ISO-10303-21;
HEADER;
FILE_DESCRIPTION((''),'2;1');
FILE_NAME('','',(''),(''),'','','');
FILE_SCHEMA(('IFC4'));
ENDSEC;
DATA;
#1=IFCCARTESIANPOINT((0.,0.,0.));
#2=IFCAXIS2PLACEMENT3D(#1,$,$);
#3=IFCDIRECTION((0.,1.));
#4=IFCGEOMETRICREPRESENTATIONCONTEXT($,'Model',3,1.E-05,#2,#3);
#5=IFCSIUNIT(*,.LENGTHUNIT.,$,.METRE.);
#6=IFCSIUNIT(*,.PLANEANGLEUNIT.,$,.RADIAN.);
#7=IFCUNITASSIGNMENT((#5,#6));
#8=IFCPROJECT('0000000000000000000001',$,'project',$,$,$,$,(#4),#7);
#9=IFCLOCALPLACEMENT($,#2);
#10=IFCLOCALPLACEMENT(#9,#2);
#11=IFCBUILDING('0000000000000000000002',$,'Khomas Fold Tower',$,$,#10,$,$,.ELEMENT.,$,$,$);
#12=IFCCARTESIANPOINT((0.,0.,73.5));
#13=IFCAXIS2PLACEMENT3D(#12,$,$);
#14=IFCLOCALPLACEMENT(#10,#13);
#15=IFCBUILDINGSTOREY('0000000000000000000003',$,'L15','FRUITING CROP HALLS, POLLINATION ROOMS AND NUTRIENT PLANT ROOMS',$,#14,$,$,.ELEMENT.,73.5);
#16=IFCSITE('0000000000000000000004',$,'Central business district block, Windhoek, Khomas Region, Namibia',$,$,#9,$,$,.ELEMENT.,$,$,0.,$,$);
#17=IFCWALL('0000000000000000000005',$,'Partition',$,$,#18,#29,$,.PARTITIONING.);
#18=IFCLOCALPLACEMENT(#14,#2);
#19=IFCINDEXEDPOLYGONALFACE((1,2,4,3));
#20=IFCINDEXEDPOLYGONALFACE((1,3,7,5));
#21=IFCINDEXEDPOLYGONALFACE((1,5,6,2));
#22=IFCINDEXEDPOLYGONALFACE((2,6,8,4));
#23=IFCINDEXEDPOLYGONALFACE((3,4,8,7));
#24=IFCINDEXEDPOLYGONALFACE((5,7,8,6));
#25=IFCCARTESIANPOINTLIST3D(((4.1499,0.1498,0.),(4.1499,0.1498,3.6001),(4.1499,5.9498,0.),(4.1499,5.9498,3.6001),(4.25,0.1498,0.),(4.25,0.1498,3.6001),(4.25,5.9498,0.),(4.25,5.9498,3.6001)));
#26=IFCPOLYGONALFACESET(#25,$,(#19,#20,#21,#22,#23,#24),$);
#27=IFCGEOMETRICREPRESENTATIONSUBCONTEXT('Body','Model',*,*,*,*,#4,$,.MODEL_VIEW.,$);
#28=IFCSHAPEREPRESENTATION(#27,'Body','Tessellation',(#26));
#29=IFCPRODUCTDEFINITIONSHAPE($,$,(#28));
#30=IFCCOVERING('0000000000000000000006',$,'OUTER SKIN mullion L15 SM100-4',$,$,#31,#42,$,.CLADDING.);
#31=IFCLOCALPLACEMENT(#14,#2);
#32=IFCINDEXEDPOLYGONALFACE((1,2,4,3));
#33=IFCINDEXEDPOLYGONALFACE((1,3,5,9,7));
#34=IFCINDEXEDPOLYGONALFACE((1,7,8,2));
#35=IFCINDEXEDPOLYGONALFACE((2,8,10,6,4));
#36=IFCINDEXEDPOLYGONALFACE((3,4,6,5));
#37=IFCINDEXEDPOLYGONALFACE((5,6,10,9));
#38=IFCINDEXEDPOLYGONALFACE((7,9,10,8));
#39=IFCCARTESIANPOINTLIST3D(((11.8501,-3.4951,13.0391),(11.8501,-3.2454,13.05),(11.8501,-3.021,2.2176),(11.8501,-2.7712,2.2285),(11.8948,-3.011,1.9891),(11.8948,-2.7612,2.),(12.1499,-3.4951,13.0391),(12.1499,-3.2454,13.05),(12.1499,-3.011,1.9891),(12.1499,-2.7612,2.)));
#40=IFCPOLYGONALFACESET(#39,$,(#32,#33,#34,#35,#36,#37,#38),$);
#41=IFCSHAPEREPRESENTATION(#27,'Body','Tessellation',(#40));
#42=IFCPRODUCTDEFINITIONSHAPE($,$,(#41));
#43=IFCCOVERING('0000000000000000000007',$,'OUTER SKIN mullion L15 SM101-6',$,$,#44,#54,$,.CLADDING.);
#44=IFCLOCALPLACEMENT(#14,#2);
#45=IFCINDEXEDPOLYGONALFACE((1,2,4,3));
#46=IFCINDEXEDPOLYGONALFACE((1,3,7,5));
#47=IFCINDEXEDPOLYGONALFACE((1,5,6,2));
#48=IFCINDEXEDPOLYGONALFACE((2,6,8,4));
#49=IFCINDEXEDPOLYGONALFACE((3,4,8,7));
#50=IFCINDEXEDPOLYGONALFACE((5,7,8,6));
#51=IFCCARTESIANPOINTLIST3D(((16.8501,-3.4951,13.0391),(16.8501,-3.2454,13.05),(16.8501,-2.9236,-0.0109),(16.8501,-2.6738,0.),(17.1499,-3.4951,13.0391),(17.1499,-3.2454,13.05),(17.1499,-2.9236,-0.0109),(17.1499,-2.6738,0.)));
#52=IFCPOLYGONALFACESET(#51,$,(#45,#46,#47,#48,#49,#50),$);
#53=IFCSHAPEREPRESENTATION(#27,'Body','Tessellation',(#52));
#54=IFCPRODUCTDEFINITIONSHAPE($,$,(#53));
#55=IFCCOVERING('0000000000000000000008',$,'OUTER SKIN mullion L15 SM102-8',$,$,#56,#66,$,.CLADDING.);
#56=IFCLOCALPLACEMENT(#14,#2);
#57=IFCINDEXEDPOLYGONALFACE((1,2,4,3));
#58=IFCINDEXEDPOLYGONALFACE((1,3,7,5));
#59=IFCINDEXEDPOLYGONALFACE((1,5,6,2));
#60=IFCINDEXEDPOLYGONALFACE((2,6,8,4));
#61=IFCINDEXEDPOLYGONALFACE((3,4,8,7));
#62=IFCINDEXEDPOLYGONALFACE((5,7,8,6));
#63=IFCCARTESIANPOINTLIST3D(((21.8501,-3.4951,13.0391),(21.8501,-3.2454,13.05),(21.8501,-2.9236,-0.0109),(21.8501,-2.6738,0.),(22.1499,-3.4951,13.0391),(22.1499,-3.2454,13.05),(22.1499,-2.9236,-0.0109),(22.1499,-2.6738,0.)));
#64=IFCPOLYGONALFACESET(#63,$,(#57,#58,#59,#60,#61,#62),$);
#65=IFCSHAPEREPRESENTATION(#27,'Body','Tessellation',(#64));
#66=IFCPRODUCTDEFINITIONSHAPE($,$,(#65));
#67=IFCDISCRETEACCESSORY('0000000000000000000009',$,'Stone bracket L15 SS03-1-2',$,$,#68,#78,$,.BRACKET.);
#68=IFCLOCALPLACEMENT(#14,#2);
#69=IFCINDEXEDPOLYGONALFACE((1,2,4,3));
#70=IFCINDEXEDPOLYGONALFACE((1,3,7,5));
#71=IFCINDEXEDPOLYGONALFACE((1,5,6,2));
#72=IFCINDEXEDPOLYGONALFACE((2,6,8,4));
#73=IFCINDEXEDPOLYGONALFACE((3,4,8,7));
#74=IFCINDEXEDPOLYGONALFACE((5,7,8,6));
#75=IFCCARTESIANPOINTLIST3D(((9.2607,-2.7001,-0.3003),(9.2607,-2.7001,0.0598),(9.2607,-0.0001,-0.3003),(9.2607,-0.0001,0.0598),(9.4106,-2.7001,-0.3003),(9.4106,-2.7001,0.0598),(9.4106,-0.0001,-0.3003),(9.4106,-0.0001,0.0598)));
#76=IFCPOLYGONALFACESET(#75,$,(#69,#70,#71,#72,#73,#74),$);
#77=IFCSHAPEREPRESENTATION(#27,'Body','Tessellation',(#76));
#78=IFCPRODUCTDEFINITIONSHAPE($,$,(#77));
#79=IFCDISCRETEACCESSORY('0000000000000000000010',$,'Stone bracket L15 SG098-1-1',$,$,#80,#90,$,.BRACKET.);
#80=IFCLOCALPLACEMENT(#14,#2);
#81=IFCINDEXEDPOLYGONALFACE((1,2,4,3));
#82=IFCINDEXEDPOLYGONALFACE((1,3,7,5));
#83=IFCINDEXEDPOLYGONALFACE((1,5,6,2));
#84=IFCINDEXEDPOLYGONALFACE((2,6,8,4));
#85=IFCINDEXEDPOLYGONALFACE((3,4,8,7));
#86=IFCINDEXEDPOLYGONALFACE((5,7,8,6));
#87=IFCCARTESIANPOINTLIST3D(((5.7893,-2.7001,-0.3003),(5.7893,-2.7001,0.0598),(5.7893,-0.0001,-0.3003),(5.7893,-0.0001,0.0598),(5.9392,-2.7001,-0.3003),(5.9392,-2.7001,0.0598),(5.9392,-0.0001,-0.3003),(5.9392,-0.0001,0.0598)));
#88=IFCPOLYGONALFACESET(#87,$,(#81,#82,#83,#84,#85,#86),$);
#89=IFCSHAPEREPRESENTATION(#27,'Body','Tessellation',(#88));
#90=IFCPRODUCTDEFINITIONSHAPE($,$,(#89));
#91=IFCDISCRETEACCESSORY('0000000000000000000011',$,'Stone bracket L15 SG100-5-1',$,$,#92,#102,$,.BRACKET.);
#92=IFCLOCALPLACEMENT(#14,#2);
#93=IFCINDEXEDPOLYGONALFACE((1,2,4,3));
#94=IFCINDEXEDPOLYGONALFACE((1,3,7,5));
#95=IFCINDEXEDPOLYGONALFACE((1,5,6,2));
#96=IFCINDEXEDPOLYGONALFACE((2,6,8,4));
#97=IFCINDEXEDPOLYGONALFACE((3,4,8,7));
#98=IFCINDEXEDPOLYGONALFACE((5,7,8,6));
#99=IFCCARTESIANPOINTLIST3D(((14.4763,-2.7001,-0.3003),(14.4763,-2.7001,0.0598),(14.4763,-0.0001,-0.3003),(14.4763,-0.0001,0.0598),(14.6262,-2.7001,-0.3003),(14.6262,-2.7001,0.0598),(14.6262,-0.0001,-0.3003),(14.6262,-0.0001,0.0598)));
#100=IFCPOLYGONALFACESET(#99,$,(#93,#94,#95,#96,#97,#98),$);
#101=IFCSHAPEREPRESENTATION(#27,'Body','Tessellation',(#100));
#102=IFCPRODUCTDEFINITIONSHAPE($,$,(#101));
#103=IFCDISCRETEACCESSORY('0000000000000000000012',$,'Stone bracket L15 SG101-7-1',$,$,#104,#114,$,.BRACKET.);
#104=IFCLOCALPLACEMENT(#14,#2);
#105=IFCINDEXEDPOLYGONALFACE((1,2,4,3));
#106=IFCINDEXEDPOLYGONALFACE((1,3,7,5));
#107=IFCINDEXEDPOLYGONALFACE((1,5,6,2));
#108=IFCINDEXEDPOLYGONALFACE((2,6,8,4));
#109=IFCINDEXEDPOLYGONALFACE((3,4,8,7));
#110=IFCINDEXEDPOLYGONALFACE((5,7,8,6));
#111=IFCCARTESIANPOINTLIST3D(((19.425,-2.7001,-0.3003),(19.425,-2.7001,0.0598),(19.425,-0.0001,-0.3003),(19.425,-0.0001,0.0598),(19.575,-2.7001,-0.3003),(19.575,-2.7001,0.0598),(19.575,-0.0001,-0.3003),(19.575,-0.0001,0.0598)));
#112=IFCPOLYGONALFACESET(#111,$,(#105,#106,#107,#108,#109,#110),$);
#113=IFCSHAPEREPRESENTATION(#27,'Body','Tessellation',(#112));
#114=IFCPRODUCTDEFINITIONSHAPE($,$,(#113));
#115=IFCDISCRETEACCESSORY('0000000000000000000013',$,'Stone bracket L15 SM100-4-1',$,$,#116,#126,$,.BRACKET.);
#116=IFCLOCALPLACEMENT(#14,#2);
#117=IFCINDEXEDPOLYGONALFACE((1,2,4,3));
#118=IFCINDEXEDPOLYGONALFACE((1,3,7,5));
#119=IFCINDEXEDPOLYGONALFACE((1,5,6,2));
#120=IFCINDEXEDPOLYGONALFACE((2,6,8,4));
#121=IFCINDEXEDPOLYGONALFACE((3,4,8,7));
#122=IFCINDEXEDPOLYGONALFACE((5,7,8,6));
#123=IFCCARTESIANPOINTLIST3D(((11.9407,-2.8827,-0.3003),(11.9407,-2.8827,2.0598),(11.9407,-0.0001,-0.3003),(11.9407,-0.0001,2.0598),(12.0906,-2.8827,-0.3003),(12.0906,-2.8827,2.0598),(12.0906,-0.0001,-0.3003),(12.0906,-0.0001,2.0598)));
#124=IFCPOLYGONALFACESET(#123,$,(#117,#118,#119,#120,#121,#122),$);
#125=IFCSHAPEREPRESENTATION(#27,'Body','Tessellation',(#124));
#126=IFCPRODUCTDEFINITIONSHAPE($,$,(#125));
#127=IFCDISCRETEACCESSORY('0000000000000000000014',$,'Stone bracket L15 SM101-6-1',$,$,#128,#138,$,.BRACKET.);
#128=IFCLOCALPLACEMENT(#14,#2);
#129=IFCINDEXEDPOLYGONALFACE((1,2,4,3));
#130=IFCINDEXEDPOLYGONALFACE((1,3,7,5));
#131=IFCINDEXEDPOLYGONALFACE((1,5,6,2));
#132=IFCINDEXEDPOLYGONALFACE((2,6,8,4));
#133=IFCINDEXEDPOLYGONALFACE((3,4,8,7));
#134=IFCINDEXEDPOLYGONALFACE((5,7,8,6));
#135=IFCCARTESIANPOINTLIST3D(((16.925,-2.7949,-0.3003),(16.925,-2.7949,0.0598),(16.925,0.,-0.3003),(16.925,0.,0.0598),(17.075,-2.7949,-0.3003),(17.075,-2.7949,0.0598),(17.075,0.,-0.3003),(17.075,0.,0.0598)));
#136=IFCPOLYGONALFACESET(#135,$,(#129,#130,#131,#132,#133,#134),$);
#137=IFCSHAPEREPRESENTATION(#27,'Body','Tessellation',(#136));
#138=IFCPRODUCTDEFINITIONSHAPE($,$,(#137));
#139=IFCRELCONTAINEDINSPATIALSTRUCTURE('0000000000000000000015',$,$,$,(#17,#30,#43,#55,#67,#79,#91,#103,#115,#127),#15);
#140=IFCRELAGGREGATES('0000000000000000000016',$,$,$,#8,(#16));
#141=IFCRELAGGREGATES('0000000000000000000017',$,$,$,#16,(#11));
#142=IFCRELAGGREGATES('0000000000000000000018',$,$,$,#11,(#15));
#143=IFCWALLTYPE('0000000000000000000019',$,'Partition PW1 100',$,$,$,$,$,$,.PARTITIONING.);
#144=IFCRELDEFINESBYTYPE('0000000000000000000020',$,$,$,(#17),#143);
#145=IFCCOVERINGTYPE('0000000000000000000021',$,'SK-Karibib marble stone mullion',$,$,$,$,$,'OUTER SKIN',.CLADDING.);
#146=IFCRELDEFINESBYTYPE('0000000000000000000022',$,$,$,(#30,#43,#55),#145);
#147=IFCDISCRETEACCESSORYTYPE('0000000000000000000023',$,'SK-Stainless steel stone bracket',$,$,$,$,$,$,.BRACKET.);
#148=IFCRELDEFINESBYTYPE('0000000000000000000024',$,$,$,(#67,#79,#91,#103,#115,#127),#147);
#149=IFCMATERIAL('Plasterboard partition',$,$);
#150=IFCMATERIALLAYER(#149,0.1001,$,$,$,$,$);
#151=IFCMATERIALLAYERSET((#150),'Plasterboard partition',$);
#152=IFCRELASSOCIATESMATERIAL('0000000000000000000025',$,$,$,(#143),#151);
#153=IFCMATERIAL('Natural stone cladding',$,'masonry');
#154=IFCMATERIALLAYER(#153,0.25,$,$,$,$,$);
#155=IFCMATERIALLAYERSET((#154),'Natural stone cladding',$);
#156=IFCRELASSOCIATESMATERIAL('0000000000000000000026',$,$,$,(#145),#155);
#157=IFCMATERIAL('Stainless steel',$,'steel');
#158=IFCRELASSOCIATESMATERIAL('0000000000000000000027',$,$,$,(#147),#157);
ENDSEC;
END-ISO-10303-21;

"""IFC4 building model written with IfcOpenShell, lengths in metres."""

from ifc_helpers import new_model, si_unit, direction, frame, frame_2d, origin, origin_2d, place, context, subcontext, project, spatial, polyline, rectangle, outline, extrude, source, transform, mapped, material, layer, layer_set, type_object, element, save


model = new_model("IFC4")

# Units and contexts
model_context = context("Model", 3, precision=1e-05, world=origin(), true_north=direction((0.0, 1.0)))
body_context = subcontext(model_context, "Body", "Model", "MODEL_VIEW")
ifc_project = project(units=[si_unit("LENGTHUNIT", "METRE"), si_unit("PLANEANGLEUNIT", "RADIAN")], contexts=[model_context])

# Site, building, storey
site_placement = place(None, origin())
site = spatial("IfcSite", under=ifc_project, at=site_placement, Name="Central business district block, Windhoek, Khomas Region, Namibia", CompositionType="ELEMENT", RefElevation=0.0)
building_placement = place(site_placement, origin())
building = spatial("IfcBuilding", under=site, at=building_placement, Name="Khomas Fold Tower", CompositionType="ELEMENT")
storey_placement = place(building_placement, frame((0.0, 0.0, 73.5)))
storey = spatial("IfcBuildingStorey", under=building, at=storey_placement, Name="L15", Description="FRUITING CROP HALLS, POLLINATION ROOMS AND NUTRIENT PLANT ROOMS", CompositionType="ELEMENT", Elevation=73.5)

# Wall
ifc_material_1 = material(Name="Plasterboard partition")
ifc_layer_1 = layer(ifc_material_1, 0.1001)
ifc_layer_set_1 = layer_set([ifc_layer_1], Name="Plasterboard partition")
wall_type = type_object("IfcWallType", Name="Partition PW1 100", PredefinedType="PARTITIONING", material=ifc_layer_set_1)
shared_shape_1 = source(origin(), body_context, "Body", "SweptSolid", [
    extrude(rectangle(XDim=5.8, YDim=0.1001, at=frame_2d((2.8999, 0.0))), origin(), (0.0, 0.0, 1.0), 3.6001),
])
wall_placement = place(storey_placement, frame((4.2, 0.1499, 0.0), z_axis=(0.0, 0.0, 1.0), x_axis=(0.0, 1.0, 0.0)))
element("IfcWall", 1, at=wall_placement, inside=storey, type_object=wall_type, Name="Partition", PredefinedType="PARTITIONING", context=body_context, shape_type="MappedRepresentation", body=[
    mapped(shared_shape_1, transform((0.0, 0.0, 0.0))),
])

# Coverings
ifc_material_2 = material(Name="Natural stone cladding", Category="masonry")
ifc_layer_2 = layer(ifc_material_2, 0.25)
ifc_layer_set_2 = layer_set([ifc_layer_2], Name="Natural stone cladding")
covering_type = type_object("IfcCoveringType", Name="SK-Karibib marble stone mullion", ElementType="OUTER SKIN", PredefinedType="CLADDING", material=ifc_layer_set_2)
covering_placement = place(storey_placement, frame((11.8501, -3.2454, 13.05), z_axis=(0.000003, 0.999042, 0.043771), x_axis=(1.0, -0.000003, 0.0)))
element("IfcCovering", 2, at=covering_placement, inside=storey, type_object=covering_type, Name="OUTER SKIN mullion L15 SM100-4", PredefinedType="CLADDING", context=body_context, shape_type="SweptSolid", body=[
    extrude(outline(polyline([(0.0, 0.0), (0.2998, 0.0), (0.2998, 11.0606), (0.0447, 11.0606), (0.0, 10.8319), (0.0, 0.0)])), origin(), (0.0, 0.0, -1.0), 0.25),
])
for number, where, z_axis, x_axis, name in (
    (3, (16.8501, -2.6738, 0.0), (0.0, 0.999042, 0.043754), (0.0, -0.043754, 0.999042), "OUTER SKIN mullion L15 SM101-6"),
    (4, (21.8501, -2.6738, 0.0), (0.0, 0.999042, 0.043754), (0.0, -0.043754, 0.999042), "OUTER SKIN mullion L15 SM102-8"),
):
    element("IfcCovering", number, at=place(storey_placement, frame(where, z_axis=z_axis, x_axis=x_axis)), inside=storey, type_object=covering_type, Name=name, PredefinedType="CLADDING", context=body_context, shape_type="SweptSolid", body=[
        extrude(outline(polyline([(0.0, 0.0), (13.0626, 0.0), (13.0626, 0.2998), (0.0, 0.2998), (0.0, 0.0)])), origin(), (0.0, 0.0, -1.0), 0.25),
    ])

# Discrete accessories
ifc_material_3 = material(Name="Stainless steel", Category="steel")
discrete_accessory_type = type_object("IfcDiscreteAccessoryType", Name="SK-Stainless steel stone bracket", PredefinedType="BRACKET", material=ifc_material_3)
shared_shape_2 = source(origin(), body_context, "Body", "SweptSolid", [
    extrude(rectangle(XDim=2.7, YDim=0.1499, at=origin_2d()), origin(), (0.0, 0.0, 1.0), 0.3601),
])
for number, where, z_axis, x_axis, name in (
    (5, (9.3357, -1.3501, -0.3003), (0.0, 0.0, 1.0), (0.0, -1.0, 0.0), "Stone bracket L15 SS03-1-2"),
    (6, (5.8643, -1.3501, -0.3003), (0.0, 0.0, 1.0), (0.0, -1.0, 0.0), "Stone bracket L15 SG098-1-1"),
    (7, (14.5513, -1.3501, -0.3003), (0.0, 0.0, 1.0), (0.0, -1.0, 0.0), "Stone bracket L15 SG100-5-1"),
    (8, (19.5, -1.3501, -0.3003), (0.0, 0.0, 1.0), (0.0, -1.0, 0.0), "Stone bracket L15 SG101-7-1"),
):
    element("IfcDiscreteAccessory", number, at=place(storey_placement, frame(where, z_axis=z_axis, x_axis=x_axis)), inside=storey, type_object=discrete_accessory_type, Name=name, PredefinedType="BRACKET", context=body_context, shape_type="MappedRepresentation", body=[
        mapped(shared_shape_2, transform((0.0, 0.0, 0.0))),
    ])
shared_shape_3 = source(origin(), body_context, "Body", "SweptSolid", [
    extrude(rectangle(XDim=2.8826, YDim=0.1499, at=origin_2d()), origin(), (0.0, 0.0, 1.0), 2.3601),
])
discrete_accessory_1_placement = place(storey_placement, frame((12.0156, -1.4414, -0.3003), z_axis=(0.0, 0.0, 1.0), x_axis=(0.0, -1.0, 0.0)))
element("IfcDiscreteAccessory", 9, at=discrete_accessory_1_placement, inside=storey, type_object=discrete_accessory_type, Name="Stone bracket L15 SM100-4-1", PredefinedType="BRACKET", context=body_context, shape_type="MappedRepresentation", body=[
    mapped(shared_shape_3, transform((0.0, 0.0, 0.0))),
])
shared_shape_4 = source(origin(), body_context, "Body", "SweptSolid", [
    extrude(rectangle(XDim=2.7949, YDim=0.1499, at=origin_2d()), origin(), (0.0, 0.0, 1.0), 0.3601),
])
discrete_accessory_2_placement = place(storey_placement, frame((17.0, -1.3975, -0.3003), z_axis=(0.0, 0.0, 1.0), x_axis=(0.0, -1.0, 0.0)))
element("IfcDiscreteAccessory", 10, at=discrete_accessory_2_placement, inside=storey, type_object=discrete_accessory_type, Name="Stone bracket L15 SM101-6-1", PredefinedType="BRACKET", context=body_context, shape_type="MappedRepresentation", body=[
    mapped(shared_shape_4, transform((0.0, 0.0, 0.0))),
])

save(model, "model.ifc")
